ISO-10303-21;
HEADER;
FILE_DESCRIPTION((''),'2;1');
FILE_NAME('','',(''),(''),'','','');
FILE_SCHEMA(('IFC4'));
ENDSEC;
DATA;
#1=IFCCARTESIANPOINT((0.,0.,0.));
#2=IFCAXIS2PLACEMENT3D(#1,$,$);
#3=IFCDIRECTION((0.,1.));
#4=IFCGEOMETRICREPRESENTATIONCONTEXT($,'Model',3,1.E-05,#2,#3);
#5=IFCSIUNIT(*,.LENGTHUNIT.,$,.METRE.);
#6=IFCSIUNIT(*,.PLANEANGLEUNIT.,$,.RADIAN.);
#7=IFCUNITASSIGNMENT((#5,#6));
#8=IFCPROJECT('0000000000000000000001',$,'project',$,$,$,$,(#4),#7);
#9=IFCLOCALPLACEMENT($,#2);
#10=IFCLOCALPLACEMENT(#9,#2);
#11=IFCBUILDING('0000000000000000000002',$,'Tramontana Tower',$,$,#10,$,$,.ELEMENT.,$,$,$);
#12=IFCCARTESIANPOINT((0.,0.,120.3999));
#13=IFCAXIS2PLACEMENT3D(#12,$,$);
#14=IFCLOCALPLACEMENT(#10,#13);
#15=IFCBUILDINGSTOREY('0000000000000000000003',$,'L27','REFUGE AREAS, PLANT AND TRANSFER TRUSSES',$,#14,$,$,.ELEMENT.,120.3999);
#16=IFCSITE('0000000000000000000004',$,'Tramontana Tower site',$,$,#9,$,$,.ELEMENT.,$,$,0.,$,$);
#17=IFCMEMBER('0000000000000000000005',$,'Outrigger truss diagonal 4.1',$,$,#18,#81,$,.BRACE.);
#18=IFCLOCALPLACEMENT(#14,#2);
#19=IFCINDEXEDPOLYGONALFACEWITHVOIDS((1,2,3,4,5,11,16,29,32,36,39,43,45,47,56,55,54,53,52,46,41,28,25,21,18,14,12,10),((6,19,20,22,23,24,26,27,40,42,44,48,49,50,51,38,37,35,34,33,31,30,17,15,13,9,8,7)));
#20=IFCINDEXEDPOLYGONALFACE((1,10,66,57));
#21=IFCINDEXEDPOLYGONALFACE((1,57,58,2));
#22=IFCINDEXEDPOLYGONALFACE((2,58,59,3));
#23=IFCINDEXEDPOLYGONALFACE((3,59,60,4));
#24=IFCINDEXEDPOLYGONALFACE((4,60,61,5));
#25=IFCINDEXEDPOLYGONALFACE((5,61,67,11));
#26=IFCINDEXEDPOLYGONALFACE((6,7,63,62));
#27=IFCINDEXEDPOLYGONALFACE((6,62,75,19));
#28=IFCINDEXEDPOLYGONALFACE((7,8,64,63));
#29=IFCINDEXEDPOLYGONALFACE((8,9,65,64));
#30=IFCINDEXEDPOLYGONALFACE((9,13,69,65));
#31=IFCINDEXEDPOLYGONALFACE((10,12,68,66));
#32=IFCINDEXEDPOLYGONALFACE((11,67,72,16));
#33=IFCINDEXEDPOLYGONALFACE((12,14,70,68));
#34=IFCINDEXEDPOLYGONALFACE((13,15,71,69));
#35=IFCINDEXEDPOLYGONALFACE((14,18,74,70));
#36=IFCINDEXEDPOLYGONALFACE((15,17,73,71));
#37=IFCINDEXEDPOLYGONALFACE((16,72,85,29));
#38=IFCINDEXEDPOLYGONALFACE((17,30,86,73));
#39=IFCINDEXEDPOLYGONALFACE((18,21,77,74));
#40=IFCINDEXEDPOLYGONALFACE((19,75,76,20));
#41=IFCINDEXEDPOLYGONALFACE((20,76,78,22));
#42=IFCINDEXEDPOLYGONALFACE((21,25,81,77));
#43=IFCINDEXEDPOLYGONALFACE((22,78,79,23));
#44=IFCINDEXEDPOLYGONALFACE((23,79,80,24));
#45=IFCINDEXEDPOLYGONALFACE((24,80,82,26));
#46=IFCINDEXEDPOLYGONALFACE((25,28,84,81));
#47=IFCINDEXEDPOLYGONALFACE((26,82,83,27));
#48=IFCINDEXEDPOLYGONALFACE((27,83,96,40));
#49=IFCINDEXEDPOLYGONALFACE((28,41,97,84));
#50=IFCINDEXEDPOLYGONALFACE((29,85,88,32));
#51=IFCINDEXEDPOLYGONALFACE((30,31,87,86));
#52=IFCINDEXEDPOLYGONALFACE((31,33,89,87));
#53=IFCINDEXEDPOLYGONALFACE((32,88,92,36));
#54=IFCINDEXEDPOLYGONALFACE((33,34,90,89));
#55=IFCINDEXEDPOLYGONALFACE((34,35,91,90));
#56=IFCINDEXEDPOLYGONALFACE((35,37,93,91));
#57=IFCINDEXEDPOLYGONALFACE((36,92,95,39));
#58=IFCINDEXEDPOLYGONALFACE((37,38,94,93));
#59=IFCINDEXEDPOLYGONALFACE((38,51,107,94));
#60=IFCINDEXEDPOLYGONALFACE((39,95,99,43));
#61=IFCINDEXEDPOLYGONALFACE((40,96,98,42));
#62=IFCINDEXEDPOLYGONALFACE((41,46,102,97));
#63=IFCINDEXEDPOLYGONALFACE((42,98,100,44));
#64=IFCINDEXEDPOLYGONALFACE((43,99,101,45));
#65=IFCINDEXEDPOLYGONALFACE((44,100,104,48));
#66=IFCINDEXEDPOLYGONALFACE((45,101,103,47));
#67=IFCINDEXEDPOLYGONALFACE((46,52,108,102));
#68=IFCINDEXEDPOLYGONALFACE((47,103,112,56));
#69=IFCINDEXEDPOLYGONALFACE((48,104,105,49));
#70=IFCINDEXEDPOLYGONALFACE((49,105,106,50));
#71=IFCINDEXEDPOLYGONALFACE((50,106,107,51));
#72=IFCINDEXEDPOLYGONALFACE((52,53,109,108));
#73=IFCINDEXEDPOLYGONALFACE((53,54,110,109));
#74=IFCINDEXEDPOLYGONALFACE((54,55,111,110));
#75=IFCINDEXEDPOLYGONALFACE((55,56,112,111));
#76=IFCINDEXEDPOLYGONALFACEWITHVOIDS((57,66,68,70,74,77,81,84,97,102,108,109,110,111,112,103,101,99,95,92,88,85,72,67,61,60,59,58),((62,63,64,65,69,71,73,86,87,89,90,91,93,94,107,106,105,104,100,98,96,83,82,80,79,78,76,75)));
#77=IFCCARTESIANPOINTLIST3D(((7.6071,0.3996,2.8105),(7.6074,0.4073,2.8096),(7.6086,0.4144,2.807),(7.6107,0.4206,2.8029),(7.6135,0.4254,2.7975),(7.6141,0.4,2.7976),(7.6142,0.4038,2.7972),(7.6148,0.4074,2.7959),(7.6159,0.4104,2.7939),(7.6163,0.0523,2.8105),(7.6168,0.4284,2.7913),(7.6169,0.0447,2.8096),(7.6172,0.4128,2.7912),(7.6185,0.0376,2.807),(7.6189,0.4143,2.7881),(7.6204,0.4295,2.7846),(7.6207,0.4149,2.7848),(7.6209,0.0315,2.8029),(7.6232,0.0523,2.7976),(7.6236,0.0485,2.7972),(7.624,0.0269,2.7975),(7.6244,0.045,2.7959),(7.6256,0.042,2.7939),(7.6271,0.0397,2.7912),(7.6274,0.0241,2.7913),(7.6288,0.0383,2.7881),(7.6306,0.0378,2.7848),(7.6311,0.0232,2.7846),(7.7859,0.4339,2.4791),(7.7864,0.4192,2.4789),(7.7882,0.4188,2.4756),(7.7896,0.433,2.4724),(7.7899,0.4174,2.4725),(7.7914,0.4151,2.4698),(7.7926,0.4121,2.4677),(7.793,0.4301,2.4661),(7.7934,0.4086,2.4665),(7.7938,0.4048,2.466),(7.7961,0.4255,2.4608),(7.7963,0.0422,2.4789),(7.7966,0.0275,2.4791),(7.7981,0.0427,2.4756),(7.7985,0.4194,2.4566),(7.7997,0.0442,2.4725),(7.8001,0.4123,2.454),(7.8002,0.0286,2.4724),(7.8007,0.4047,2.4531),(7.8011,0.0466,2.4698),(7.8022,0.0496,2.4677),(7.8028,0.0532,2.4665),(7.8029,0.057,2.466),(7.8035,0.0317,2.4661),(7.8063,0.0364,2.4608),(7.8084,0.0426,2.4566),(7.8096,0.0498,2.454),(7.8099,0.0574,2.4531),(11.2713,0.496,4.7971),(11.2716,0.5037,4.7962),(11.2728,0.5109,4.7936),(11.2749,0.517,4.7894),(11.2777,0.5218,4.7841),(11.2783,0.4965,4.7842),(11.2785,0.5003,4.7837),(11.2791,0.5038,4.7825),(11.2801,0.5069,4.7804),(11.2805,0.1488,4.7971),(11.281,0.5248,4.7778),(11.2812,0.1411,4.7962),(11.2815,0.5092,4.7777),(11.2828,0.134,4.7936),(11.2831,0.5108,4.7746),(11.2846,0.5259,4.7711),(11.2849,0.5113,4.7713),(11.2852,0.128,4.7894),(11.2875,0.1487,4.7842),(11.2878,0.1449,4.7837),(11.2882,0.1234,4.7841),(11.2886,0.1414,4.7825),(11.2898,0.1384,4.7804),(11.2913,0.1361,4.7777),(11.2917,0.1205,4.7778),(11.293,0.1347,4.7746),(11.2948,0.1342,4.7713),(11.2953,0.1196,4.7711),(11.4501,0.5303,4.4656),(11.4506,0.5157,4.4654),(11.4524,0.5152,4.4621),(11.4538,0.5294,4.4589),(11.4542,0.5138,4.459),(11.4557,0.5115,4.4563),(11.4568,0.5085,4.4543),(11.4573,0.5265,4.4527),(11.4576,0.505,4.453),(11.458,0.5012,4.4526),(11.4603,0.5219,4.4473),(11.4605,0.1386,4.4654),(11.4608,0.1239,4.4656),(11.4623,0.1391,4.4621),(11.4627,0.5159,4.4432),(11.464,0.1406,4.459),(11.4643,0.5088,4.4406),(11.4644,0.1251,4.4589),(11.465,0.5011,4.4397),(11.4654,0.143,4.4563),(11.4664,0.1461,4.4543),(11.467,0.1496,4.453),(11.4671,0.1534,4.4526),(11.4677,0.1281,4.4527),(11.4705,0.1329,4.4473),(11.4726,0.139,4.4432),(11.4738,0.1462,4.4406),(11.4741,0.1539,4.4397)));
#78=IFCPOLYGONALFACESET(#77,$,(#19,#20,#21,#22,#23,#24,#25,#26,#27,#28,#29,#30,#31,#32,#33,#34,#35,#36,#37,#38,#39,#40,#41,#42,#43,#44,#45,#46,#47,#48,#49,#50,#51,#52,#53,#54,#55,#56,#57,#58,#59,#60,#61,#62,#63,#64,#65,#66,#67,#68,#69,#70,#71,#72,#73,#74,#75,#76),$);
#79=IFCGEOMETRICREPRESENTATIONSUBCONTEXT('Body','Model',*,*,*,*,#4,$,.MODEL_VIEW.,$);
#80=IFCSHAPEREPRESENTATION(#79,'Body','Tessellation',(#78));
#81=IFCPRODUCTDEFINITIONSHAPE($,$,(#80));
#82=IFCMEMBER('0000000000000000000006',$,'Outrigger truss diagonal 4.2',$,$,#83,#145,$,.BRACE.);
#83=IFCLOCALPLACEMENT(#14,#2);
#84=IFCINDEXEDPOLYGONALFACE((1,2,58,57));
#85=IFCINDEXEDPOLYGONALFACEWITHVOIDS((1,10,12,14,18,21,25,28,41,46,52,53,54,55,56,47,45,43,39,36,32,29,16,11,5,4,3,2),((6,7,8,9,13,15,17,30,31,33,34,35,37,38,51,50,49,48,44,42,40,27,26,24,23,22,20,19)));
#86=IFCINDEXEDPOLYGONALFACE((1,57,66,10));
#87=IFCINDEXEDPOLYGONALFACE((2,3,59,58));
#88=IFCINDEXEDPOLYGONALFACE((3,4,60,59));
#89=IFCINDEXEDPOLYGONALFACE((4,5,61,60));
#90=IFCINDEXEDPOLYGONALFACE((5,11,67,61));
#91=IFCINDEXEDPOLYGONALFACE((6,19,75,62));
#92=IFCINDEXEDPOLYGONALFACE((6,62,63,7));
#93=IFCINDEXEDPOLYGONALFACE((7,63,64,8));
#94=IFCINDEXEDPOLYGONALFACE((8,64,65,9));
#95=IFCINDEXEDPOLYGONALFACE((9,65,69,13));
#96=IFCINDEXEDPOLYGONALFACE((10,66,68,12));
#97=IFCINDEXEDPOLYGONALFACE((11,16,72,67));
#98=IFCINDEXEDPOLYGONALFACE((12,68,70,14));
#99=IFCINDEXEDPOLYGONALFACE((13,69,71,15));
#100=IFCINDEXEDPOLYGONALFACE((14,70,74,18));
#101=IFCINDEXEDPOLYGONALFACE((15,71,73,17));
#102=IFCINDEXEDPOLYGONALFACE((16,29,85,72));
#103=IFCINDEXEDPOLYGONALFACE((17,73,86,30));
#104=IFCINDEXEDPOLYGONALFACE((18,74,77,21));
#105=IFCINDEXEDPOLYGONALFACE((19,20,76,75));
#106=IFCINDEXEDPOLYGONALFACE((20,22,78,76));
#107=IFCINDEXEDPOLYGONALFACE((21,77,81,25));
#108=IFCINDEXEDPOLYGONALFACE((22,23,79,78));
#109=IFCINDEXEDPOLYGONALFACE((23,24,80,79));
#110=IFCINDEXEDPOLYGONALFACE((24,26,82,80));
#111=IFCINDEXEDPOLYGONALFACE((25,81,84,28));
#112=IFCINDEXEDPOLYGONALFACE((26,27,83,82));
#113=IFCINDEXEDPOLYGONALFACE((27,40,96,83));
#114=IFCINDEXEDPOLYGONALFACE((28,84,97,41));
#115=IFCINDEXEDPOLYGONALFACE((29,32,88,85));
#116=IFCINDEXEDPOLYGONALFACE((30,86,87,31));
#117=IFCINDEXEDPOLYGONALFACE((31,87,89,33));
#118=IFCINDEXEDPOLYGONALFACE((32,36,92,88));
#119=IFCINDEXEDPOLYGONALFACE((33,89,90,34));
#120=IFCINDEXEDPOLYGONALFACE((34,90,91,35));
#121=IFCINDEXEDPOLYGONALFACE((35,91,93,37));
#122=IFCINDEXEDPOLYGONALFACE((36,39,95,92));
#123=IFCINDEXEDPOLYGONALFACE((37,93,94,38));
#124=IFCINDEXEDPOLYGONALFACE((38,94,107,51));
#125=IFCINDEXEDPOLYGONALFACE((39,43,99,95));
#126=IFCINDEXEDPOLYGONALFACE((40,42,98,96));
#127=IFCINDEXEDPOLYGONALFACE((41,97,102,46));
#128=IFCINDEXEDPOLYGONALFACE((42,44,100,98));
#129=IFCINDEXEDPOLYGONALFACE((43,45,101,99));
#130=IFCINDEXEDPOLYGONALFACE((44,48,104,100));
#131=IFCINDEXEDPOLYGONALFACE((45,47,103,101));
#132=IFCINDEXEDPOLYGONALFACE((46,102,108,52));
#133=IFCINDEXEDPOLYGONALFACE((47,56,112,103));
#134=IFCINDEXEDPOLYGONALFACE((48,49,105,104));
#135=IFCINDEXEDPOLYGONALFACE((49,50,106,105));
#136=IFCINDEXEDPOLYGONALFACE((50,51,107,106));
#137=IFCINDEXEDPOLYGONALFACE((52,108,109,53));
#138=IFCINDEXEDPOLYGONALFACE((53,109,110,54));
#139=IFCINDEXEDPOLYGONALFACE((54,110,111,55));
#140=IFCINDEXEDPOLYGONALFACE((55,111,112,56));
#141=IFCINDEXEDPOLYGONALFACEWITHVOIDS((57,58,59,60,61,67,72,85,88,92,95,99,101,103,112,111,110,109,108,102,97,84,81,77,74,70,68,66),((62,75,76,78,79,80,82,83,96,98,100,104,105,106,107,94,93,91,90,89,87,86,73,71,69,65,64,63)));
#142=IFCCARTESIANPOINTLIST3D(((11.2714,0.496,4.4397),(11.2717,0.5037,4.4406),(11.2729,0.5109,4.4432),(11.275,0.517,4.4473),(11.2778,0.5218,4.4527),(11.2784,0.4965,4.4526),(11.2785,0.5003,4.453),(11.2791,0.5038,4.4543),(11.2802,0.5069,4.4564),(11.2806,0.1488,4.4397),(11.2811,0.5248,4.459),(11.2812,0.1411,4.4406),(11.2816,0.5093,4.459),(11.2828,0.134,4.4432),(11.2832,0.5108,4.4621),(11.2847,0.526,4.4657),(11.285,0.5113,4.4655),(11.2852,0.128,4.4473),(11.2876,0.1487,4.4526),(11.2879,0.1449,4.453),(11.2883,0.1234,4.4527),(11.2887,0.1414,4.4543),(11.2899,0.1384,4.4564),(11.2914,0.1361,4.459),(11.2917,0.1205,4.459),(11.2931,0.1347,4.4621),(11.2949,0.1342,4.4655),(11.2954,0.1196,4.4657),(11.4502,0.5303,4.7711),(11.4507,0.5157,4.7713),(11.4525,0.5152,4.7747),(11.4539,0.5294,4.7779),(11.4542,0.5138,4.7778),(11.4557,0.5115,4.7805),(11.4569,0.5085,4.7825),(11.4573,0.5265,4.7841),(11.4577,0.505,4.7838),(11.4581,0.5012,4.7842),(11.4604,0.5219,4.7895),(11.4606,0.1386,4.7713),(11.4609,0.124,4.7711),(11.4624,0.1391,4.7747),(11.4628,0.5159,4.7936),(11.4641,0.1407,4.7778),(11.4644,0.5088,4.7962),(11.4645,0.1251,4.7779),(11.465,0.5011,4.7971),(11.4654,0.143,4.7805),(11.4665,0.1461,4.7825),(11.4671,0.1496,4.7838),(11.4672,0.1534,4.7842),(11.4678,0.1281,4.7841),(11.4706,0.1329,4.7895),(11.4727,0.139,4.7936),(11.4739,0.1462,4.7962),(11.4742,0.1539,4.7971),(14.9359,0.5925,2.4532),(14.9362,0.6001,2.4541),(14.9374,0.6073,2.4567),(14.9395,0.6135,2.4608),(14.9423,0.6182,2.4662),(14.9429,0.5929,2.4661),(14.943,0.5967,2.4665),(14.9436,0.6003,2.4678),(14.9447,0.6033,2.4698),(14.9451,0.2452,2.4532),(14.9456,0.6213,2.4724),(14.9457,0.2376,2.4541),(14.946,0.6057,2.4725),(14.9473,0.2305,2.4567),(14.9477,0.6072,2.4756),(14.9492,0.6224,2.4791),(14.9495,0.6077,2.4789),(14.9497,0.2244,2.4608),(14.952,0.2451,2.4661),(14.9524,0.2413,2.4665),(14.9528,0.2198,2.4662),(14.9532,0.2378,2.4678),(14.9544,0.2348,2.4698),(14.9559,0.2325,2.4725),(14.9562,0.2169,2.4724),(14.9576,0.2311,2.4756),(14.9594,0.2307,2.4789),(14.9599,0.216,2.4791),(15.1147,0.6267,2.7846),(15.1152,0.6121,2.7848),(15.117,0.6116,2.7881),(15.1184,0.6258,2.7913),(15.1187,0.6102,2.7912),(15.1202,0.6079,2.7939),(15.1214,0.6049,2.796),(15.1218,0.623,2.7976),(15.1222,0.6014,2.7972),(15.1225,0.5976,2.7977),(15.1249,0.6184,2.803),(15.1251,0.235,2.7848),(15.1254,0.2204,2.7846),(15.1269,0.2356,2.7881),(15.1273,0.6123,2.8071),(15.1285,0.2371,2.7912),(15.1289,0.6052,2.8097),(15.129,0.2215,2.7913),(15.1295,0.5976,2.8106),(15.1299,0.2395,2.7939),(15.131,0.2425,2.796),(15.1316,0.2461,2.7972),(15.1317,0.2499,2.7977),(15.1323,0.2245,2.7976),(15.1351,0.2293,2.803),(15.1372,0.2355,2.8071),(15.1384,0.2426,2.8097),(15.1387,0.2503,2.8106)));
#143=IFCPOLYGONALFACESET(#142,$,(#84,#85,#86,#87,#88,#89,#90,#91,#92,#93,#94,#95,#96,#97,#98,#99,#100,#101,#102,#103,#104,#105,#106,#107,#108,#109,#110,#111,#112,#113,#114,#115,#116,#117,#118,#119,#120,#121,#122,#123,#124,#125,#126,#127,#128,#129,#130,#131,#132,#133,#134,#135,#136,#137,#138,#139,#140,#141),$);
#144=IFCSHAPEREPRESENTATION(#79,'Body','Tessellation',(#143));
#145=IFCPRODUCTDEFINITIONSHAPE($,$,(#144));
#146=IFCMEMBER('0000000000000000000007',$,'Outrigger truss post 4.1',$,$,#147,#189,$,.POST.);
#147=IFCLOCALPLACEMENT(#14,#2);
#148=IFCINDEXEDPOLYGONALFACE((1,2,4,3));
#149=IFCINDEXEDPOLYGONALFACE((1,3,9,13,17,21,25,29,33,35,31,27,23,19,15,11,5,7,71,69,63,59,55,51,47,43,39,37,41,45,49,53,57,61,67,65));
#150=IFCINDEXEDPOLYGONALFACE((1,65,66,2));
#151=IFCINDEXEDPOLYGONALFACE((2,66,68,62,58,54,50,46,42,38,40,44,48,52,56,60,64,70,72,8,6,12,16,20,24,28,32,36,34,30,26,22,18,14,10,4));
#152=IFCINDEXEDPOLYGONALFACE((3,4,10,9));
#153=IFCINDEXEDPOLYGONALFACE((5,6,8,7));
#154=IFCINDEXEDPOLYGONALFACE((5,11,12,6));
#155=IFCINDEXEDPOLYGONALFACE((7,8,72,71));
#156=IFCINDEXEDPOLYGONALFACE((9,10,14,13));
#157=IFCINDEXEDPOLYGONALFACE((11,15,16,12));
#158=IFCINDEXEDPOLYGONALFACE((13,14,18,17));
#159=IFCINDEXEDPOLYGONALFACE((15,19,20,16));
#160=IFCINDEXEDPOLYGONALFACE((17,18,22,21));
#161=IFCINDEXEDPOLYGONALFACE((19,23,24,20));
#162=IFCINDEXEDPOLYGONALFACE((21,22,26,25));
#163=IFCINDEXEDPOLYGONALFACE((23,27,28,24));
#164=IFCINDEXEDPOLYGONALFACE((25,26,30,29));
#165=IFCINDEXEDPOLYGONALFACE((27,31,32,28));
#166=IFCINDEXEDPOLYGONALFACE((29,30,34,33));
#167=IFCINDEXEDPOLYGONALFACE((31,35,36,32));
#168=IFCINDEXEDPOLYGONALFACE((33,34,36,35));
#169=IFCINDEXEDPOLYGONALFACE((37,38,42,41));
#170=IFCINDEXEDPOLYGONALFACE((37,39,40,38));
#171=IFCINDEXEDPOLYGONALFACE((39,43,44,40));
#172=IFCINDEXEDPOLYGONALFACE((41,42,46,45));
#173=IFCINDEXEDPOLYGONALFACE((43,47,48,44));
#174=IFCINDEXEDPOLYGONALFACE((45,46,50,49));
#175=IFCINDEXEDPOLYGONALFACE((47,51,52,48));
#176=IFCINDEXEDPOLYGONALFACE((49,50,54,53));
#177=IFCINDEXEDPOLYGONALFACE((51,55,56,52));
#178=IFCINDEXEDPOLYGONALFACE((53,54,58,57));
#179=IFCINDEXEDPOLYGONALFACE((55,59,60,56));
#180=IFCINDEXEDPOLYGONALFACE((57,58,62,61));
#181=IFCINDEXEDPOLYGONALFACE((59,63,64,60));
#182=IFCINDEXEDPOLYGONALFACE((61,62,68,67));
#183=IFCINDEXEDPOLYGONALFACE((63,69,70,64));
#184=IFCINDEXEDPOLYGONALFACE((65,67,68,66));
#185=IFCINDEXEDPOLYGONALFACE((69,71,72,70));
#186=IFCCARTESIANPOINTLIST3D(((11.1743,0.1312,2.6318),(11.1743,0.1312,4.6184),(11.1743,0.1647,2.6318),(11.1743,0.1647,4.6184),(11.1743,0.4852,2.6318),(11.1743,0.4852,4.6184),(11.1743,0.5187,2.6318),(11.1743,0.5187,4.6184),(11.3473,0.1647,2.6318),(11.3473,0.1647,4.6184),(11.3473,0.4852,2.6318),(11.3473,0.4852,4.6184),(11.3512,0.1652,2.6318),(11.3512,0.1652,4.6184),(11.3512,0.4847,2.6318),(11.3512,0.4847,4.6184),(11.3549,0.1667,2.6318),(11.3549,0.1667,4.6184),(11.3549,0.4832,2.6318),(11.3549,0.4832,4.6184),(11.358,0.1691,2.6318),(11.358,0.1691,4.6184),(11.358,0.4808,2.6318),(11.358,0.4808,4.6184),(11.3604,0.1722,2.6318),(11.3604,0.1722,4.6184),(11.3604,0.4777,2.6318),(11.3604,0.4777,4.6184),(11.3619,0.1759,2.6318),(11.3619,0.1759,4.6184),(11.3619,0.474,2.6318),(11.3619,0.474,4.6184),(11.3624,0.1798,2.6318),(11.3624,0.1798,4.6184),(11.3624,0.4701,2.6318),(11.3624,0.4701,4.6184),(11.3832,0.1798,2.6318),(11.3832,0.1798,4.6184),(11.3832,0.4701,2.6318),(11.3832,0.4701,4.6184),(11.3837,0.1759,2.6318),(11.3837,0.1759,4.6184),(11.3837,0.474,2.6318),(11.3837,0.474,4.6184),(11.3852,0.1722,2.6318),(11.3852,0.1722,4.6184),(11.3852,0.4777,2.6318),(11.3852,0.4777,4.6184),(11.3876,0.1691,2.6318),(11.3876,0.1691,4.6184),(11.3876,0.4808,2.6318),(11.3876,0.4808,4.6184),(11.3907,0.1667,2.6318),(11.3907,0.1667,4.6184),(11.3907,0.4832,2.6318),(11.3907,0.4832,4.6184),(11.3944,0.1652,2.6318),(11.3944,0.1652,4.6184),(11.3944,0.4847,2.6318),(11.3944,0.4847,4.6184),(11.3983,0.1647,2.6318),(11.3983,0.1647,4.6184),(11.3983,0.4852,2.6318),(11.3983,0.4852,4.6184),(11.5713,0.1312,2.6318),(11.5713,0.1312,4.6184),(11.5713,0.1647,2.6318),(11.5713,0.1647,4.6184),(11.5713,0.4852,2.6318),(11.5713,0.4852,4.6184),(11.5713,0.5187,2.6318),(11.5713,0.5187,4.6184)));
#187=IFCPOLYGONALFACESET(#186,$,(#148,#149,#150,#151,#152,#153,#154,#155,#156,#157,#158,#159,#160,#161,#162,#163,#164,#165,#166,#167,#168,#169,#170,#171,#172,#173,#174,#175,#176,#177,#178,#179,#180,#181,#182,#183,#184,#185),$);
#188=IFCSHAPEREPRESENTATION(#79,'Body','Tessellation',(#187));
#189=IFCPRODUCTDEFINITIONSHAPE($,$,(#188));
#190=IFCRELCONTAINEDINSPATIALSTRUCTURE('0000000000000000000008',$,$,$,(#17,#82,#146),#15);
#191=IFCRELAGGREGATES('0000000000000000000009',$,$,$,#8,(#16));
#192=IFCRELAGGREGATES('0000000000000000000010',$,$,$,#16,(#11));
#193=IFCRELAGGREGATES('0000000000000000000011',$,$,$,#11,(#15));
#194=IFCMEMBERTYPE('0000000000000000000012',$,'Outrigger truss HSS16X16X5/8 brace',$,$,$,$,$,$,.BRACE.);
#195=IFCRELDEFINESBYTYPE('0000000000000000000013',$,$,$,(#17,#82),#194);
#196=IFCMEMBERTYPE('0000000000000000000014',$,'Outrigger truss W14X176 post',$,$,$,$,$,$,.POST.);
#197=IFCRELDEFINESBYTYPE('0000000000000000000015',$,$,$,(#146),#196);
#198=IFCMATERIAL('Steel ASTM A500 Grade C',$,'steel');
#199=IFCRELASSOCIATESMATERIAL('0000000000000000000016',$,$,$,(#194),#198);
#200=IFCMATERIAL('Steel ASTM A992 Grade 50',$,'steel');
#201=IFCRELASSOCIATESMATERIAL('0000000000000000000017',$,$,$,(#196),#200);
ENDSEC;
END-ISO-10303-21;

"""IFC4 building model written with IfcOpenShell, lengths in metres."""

from ifc_helpers import new_model, si_unit, direction, frame, origin, origin_2d, place, context, subcontext, project, spatial, hollow_rectangle, i_section, extrude, material, material_profile, profile_set, type_object, element, save


model = new_model("IFC4")

# Units and contexts
model_context = context("Model", 3, precision=1e-05, world=origin(), true_north=direction((0.0, 1.0)))
body_context = subcontext(model_context, "Body", "Model", "MODEL_VIEW")
ifc_project = project(units=[si_unit("LENGTHUNIT", "METRE"), si_unit("PLANEANGLEUNIT", "RADIAN")], contexts=[model_context])

# Site, building, storey
site_placement = place(None, origin())
site = spatial("IfcSite", under=ifc_project, at=site_placement, Name="Tramontana Tower site", CompositionType="ELEMENT", RefElevation=0.0)
building_placement = place(site_placement, origin())
building = spatial("IfcBuilding", under=site, at=building_placement, Name="Tramontana Tower", CompositionType="ELEMENT")
storey_placement = place(building_placement, frame((0.0, 0.0, 120.3999)))
storey = spatial("IfcBuildingStorey", under=building, at=storey_placement, Name="L27", Description="REFUGE AREAS, PLANT AND TRANSFER TRUSSES", CompositionType="ELEMENT", Elevation=120.3999)

# Members
ifc_material_1 = material(Name="Steel ASTM A500 Grade C", Category="steel")
ifc_material_profile_1 = material_profile(ifc_material_1, hollow_rectangle(XDim=0.4065, YDim=0.4065, WallThickness=0.0146, InnerFilletRadius=0.0146, OuterFilletRadius=0.0295, at=origin_2d()), Name="HSS16X16X5/8")
ifc_profile_set_1 = profile_set([ifc_material_profile_1], Name="Steel ASTM A500 Grade C")
member_type_1 = type_object("IfcMemberType", Name="Outrigger truss HSS16X16X5/8 brace", PredefinedType="BRACE", material=ifc_profile_set_1)
member_1_placement = place(storey_placement, frame((7.7085, 0.2285, 2.6318), z_axis=(0.878882, 0.02313, 0.476478), x_axis=(-0.026308, 0.999654, 0.0)))
element("IfcMember", 1, at=member_1_placement, inside=storey, type_object=member_type_1, Name="Outrigger truss diagonal 4.1", PredefinedType="BRACE", context=body_context, shape_type="SweptSolid", body=[
    extrude(hollow_rectangle(XDim=0.4065, YDim=0.4065, WallThickness=0.0146, InnerFilletRadius=0.0146, OuterFilletRadius=0.0295, at=origin_2d()), origin(), (0.0, 0.0, 1.0), 4.1692),
])
member_2_placement = place(storey_placement, frame((11.3728, 0.325, 4.6184), z_axis=(0.878895, 0.023129, -0.476454), x_axis=(-0.026307, 0.999654, 0.0)))
element("IfcMember", 2, at=member_2_placement, inside=storey, type_object=member_type_1, Name="Outrigger truss diagonal 4.2", PredefinedType="BRACE", context=body_context, shape_type="SweptSolid", body=[
    extrude(hollow_rectangle(XDim=0.4065, YDim=0.4065, WallThickness=0.0146, InnerFilletRadius=0.0146, OuterFilletRadius=0.0295, at=origin_2d()), origin(), (0.0, 0.0, 1.0), 4.1694),
])
ifc_material_2 = material(Name="Steel ASTM A992 Grade 50", Category="steel")
ifc_material_profile_2 = material_profile(ifc_material_2, i_section(OverallWidth=0.397, OverallDepth=0.3875, WebThickness=0.0208, FlangeThickness=0.0334, FilletRadius=0.0151, at=origin_2d()), Name="W14X176")
ifc_profile_set_2 = profile_set([ifc_material_profile_2], Name="Steel ASTM A992 Grade 50")
member_type_2 = type_object("IfcMemberType", Name="Outrigger truss W14X176 post", PredefinedType="POST", material=ifc_profile_set_2)
for number, where, z_axis, x_axis, name in (
    (3, (11.3728, 0.325, 2.6318), (0.0, 0.0, 1.0), (1.0, 0.0, 0.0), "Outrigger truss post 4.1"),
):
    element("IfcMember", number, at=place(storey_placement, frame(where, z_axis=z_axis, x_axis=x_axis)), inside=storey, type_object=member_type_2, Name=name, PredefinedType="POST", context=body_context, shape_type="SweptSolid", body=[
        extrude(i_section(OverallWidth=0.397, OverallDepth=0.3875, WebThickness=0.0208, FlangeThickness=0.0334, FilletRadius=0.0151, at=origin_2d()), origin(), (0.0, 0.0, 1.0), 1.9866),
    ])

save(model, "model.ifc")
